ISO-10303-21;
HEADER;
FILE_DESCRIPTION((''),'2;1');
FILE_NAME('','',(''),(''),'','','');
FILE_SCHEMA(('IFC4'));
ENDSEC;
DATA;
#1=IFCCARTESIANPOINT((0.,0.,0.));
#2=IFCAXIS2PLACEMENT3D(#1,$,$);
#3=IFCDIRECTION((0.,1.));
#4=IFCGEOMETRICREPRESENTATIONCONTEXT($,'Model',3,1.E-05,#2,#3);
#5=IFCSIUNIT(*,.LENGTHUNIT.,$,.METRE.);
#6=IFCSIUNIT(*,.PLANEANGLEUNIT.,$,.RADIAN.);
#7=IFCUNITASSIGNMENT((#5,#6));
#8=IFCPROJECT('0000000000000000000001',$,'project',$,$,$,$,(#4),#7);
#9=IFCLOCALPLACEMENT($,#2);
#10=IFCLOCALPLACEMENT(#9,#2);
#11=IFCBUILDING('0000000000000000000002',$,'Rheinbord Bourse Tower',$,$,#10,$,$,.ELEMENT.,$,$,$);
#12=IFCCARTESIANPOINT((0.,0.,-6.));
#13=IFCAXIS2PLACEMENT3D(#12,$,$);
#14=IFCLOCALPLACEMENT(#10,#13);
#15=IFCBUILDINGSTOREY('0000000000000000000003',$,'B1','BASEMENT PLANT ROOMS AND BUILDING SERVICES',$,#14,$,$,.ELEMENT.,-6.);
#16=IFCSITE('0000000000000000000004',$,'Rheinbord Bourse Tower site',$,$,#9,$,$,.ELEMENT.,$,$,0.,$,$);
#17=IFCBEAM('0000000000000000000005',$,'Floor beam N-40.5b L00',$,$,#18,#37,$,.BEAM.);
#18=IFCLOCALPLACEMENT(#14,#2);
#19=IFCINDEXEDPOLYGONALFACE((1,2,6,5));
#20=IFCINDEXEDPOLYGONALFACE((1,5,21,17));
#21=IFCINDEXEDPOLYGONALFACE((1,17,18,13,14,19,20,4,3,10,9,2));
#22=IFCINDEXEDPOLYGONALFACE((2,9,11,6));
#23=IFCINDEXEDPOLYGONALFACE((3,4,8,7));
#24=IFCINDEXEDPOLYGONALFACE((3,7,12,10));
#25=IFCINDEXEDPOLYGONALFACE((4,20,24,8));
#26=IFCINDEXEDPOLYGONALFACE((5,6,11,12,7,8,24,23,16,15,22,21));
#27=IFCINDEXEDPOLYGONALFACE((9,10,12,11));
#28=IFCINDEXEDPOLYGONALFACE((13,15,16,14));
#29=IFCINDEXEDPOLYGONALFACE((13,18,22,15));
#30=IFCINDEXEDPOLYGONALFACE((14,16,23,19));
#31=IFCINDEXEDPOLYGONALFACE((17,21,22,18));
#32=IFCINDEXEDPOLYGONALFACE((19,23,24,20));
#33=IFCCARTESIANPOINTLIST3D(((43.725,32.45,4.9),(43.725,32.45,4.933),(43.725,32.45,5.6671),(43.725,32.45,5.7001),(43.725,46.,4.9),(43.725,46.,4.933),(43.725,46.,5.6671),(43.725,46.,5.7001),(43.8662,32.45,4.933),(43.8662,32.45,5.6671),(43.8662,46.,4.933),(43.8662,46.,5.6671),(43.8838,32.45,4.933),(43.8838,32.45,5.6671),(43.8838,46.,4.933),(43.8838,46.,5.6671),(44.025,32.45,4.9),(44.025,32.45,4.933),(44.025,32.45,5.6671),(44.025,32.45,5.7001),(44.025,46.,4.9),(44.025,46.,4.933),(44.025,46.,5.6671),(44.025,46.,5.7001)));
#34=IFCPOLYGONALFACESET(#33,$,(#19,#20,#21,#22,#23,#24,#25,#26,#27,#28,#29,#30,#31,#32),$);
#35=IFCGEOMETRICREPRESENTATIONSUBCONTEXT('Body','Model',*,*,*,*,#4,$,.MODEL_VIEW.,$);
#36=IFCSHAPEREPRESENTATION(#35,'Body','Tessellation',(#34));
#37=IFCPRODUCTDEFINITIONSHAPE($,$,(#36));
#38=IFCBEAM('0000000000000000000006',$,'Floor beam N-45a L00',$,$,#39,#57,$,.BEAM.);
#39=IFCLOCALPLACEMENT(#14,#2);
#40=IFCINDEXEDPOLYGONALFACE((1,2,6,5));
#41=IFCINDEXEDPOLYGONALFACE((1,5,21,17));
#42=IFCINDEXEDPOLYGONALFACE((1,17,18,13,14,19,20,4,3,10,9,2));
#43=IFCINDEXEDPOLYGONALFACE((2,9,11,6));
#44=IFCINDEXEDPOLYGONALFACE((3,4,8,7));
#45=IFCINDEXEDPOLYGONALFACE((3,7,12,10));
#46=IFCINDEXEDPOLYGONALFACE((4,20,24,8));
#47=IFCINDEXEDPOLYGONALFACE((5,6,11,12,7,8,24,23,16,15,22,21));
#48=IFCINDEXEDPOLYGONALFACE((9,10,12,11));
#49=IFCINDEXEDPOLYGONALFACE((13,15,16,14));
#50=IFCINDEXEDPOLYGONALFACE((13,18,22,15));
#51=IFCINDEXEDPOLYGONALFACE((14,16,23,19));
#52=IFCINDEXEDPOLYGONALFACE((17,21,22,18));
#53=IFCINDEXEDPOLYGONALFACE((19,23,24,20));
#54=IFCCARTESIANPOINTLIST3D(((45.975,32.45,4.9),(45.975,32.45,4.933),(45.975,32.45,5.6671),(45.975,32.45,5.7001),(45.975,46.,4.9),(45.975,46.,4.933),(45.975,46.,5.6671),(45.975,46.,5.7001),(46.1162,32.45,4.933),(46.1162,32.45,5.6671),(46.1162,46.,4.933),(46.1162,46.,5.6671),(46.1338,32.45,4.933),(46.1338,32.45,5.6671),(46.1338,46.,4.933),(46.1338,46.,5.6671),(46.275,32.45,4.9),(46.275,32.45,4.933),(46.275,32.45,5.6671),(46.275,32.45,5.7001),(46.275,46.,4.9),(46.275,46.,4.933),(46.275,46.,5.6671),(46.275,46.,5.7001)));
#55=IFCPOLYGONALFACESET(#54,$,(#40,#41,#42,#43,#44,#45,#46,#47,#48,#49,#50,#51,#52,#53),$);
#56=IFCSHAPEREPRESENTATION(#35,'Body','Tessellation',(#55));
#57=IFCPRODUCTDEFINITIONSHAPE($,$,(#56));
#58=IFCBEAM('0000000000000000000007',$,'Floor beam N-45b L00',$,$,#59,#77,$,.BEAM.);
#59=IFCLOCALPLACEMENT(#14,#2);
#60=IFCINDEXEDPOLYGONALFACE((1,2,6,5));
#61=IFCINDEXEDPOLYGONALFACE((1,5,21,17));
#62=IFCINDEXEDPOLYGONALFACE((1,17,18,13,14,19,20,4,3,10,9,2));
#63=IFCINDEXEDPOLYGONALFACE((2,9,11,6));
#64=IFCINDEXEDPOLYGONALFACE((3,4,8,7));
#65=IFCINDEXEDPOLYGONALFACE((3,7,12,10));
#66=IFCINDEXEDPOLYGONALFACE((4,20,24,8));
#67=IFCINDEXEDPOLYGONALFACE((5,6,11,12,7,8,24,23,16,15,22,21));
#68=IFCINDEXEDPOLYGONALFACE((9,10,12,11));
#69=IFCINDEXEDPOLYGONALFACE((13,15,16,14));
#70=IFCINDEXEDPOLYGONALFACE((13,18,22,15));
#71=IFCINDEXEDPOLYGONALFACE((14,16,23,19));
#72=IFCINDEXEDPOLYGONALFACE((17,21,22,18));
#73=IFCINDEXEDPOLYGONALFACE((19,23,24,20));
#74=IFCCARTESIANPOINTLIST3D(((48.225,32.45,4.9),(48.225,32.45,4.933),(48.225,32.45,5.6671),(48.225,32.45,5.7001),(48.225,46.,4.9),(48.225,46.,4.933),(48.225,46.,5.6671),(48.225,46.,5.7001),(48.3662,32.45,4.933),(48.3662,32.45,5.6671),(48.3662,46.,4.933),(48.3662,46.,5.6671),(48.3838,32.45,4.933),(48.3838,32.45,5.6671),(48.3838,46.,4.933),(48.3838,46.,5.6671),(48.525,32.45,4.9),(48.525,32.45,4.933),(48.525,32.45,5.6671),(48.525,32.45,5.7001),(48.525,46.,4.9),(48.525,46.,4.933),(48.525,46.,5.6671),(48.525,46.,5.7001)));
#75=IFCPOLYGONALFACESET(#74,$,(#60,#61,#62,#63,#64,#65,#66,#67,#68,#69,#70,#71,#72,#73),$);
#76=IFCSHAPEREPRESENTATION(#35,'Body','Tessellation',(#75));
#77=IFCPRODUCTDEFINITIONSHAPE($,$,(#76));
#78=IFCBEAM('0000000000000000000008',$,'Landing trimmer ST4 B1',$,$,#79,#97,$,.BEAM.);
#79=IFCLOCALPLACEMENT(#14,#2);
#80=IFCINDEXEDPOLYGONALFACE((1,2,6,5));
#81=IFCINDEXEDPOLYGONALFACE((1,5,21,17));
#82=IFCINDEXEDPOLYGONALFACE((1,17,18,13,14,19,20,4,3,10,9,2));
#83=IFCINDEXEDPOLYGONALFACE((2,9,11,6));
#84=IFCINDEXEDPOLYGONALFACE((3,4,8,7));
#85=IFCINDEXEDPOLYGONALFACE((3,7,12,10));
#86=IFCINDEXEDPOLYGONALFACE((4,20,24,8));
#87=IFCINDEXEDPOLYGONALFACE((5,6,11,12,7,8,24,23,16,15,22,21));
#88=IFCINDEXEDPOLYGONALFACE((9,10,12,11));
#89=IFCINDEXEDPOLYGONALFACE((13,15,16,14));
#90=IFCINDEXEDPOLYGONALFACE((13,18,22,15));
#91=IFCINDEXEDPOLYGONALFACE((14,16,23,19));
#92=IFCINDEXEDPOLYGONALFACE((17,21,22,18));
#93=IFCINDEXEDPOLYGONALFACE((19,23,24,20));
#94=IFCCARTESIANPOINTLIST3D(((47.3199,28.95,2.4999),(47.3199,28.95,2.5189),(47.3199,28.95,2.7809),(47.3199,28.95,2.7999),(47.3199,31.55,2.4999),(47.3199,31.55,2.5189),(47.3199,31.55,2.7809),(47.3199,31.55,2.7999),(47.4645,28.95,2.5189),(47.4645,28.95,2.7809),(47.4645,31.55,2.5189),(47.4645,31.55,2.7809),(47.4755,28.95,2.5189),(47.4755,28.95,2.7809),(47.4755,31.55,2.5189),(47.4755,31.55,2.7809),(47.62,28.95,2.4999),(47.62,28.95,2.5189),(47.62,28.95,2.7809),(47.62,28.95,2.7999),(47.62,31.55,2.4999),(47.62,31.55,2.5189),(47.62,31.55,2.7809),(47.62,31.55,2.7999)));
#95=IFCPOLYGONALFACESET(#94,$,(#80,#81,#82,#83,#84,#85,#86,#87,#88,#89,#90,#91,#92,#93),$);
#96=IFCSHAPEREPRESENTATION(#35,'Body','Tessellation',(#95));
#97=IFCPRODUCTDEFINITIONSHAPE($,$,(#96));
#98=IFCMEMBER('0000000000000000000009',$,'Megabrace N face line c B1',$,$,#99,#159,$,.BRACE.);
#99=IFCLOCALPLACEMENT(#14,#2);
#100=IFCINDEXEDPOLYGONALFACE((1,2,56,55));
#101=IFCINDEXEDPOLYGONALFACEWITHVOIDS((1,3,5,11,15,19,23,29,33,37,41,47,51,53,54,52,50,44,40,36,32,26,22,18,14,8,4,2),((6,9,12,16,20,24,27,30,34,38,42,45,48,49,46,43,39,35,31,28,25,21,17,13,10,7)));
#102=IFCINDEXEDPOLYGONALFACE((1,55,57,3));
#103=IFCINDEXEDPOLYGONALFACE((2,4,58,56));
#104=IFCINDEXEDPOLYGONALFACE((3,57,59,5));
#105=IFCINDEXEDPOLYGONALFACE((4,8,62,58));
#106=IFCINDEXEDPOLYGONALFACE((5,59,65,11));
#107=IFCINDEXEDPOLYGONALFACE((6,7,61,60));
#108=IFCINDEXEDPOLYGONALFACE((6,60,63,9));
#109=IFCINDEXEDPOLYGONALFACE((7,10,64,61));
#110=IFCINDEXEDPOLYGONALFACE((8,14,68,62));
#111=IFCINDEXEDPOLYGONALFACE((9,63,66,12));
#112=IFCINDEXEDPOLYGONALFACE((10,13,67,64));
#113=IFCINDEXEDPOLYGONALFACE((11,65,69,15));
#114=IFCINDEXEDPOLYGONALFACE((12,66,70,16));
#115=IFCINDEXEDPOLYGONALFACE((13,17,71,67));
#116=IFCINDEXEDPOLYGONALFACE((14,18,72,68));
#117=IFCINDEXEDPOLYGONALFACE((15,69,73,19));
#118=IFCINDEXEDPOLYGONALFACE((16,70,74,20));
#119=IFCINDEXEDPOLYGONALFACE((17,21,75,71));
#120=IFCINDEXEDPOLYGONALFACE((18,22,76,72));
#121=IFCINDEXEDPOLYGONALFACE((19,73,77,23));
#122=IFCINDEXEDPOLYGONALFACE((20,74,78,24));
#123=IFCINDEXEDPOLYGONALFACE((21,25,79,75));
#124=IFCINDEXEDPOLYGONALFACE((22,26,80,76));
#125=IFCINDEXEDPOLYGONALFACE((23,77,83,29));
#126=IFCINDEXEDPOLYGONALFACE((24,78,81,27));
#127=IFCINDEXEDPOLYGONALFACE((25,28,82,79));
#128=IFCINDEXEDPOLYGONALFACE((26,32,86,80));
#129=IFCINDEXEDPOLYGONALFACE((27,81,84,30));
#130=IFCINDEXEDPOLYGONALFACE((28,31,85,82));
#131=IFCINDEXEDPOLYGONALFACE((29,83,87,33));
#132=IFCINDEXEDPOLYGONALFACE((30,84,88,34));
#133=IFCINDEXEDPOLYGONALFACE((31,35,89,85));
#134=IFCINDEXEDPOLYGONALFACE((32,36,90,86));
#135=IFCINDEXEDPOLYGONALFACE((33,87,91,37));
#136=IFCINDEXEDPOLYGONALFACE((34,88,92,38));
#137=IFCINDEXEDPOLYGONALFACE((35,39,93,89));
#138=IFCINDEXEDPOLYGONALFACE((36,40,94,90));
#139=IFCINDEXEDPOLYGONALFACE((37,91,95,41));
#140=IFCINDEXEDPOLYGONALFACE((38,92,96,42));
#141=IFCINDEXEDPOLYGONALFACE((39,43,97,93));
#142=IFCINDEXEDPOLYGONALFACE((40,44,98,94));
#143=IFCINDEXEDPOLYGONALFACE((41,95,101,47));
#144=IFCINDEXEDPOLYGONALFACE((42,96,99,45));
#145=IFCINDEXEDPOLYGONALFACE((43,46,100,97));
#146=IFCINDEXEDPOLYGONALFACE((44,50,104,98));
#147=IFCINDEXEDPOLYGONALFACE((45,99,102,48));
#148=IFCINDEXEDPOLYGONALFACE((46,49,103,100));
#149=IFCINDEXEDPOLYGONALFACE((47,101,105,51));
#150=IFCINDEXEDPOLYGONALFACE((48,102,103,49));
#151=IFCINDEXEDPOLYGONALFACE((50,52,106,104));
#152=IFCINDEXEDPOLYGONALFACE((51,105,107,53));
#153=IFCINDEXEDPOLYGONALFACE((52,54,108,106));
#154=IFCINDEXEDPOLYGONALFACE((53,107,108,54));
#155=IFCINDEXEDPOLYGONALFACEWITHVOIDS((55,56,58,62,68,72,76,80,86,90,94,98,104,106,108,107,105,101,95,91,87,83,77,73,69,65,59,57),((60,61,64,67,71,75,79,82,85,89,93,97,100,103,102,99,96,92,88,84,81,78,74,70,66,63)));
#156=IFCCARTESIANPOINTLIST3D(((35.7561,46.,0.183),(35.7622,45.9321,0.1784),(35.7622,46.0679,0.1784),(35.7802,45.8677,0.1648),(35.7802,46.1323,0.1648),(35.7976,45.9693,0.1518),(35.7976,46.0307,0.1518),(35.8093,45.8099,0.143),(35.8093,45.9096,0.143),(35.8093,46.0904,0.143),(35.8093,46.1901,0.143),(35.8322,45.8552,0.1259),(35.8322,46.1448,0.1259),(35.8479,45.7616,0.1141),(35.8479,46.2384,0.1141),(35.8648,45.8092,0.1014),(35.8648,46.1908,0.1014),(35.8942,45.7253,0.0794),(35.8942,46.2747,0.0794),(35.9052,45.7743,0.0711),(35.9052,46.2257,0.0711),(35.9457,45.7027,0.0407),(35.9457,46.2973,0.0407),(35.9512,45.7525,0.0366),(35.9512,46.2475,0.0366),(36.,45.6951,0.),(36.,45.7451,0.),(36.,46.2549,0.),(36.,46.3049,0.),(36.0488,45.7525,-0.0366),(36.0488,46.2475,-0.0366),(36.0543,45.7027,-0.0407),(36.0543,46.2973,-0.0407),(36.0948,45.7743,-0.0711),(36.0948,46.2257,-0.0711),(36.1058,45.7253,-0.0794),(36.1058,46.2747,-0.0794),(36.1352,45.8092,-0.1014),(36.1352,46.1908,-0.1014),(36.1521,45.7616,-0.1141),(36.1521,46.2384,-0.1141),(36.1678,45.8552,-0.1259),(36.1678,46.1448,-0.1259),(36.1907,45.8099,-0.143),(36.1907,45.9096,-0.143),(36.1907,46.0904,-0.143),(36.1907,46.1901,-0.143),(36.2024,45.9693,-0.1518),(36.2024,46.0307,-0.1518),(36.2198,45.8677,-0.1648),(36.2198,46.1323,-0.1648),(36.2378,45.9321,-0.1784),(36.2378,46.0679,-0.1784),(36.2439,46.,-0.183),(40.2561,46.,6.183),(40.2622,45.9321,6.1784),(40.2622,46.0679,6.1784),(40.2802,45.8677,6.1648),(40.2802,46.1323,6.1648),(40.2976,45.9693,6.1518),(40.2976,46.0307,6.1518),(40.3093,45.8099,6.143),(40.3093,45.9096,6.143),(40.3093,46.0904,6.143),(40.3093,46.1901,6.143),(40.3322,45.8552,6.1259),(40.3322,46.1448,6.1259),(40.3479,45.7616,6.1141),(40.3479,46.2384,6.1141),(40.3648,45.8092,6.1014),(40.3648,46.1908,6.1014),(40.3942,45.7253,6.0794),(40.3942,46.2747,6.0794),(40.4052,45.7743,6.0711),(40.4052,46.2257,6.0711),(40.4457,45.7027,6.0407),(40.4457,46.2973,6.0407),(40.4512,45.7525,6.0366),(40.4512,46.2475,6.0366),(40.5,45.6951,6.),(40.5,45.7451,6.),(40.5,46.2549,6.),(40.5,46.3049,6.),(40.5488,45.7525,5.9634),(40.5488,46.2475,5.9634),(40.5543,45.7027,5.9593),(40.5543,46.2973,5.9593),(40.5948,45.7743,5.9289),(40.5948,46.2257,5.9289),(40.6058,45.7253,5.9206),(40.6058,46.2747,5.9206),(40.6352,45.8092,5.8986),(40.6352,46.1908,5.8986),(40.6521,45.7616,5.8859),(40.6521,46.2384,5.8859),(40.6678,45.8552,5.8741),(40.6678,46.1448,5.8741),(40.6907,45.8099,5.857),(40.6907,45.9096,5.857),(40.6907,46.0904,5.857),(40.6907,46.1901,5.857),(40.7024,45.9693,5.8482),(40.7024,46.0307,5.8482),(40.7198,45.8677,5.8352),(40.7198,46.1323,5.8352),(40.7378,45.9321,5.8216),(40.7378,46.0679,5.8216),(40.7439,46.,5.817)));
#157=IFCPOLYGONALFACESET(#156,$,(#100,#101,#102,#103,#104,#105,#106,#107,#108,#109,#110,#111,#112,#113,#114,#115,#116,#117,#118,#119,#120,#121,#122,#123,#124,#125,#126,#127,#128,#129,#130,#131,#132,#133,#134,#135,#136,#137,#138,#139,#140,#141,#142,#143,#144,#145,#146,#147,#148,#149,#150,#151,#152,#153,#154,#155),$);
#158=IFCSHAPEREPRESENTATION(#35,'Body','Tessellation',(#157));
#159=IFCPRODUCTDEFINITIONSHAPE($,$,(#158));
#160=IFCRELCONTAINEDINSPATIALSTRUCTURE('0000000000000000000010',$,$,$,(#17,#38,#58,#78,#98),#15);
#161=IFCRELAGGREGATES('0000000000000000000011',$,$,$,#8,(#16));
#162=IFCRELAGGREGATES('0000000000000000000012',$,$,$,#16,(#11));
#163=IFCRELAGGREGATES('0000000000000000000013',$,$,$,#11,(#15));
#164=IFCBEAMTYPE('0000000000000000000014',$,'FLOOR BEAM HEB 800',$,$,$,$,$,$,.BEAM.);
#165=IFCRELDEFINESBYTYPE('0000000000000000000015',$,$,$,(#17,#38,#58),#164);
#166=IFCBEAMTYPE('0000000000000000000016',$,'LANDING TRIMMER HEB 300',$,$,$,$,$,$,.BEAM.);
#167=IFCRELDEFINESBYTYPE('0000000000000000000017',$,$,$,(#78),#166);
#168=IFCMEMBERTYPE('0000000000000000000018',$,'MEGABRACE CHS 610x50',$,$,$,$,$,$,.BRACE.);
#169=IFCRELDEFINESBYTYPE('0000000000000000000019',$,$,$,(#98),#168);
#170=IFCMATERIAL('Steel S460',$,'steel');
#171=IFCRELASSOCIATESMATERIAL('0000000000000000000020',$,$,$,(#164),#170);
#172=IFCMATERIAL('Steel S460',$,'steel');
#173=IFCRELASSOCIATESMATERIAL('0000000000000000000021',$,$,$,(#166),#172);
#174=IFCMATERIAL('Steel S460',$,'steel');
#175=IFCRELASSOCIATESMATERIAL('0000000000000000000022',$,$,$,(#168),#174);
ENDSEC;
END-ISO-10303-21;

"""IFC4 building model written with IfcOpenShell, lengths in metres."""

from ifc_helpers import new_model, si_unit, direction, frame, origin, origin_2d, place, context, subcontext, project, spatial, hollow_circle, i_section, extrude, material, material_profile, profile_set, type_object, element, save


model = new_model("IFC4")

# Units and contexts
model_context = context("Model", 3, precision=1e-05, world=origin(), true_north=direction((0.0, 1.0)))
body_context = subcontext(model_context, "Body", "Model", "MODEL_VIEW")
ifc_project = project(units=[si_unit("LENGTHUNIT", "METRE"), si_unit("PLANEANGLEUNIT", "RADIAN")], contexts=[model_context])

# Site, building, storey
site_placement = place(None, origin())
site = spatial("IfcSite", under=ifc_project, at=site_placement, Name="Rheinbord Bourse Tower site", CompositionType="ELEMENT", RefElevation=0.0)
building_placement = place(site_placement, origin())
building = spatial("IfcBuilding", under=site, at=building_placement, Name="Rheinbord Bourse Tower", CompositionType="ELEMENT")
storey_placement = place(building_placement, frame((0.0, 0.0, -6.0)))
storey = spatial("IfcBuildingStorey", under=building, at=storey_placement, Name="B1", Description="BASEMENT PLANT ROOMS AND BUILDING SERVICES", CompositionType="ELEMENT", Elevation=-6.0)

# Beams
ifc_material_1 = material(Name="Steel S460", Category="steel")
ifc_material_profile_1 = material_profile(ifc_material_1, i_section(OverallWidth=0.3, OverallDepth=0.8, WebThickness=0.0176, FlangeThickness=0.033, at=origin_2d()), Name="HEB 800")
ifc_profile_set_1 = profile_set([ifc_material_profile_1], Name="Steel S460")
beam_type_1 = type_object("IfcBeamType", Name="FLOOR BEAM HEB 800", PredefinedType="BEAM", material=ifc_profile_set_1)
for number, where, z_axis, x_axis, name in (
    (1, (43.875, 46.0, 5.3), (0.0, -1.0, 0.0), (1.0, 0.0, 0.0), "Floor beam N-40.5b L00"),
    (2, (46.125, 46.0, 5.3), (0.0, -1.0, 0.0), (1.0, 0.0, 0.0), "Floor beam N-45a L00"),
    (3, (48.375, 46.0, 5.3), (0.0, -1.0, 0.0), (1.0, 0.0, 0.0), "Floor beam N-45b L00"),
):
    element("IfcBeam", number, at=place(storey_placement, frame(where, z_axis=z_axis, x_axis=x_axis)), inside=storey, type_object=beam_type_1, Name=name, PredefinedType="BEAM", context=body_context, shape_type="SweptSolid", body=[
        extrude(i_section(OverallWidth=0.3, OverallDepth=0.8, WebThickness=0.0176, FlangeThickness=0.033, at=origin_2d()), origin(), (0.0, 0.0, 1.0), 13.55),
    ])
ifc_material_2 = material(Name="Steel S460", Category="steel")
ifc_material_profile_2 = material_profile(ifc_material_2, i_section(OverallWidth=0.3, OverallDepth=0.3, WebThickness=0.011, FlangeThickness=0.019, at=origin_2d()), Name="HEB 300")
ifc_profile_set_2 = profile_set([ifc_material_profile_2], Name="Steel S460")
beam_type_2 = type_object("IfcBeamType", Name="LANDING TRIMMER HEB 300", PredefinedType="BEAM", material=ifc_profile_set_2)
beam_placement = place(storey_placement, frame((47.47, 28.95, 2.6499), z_axis=(0.0, 1.0, 0.0), x_axis=(-1.0, 0.0, 0.0)))
element("IfcBeam", 4, at=beam_placement, inside=storey, type_object=beam_type_2, Name="Landing trimmer ST4 B1", PredefinedType="BEAM", context=body_context, shape_type="SweptSolid", body=[
    extrude(i_section(OverallWidth=0.3, OverallDepth=0.3, WebThickness=0.011, FlangeThickness=0.019, at=origin_2d()), origin(), (0.0, 0.0, 1.0), 2.6001),
])

# Member
ifc_material_3 = material(Name="Steel S460", Category="steel")
ifc_material_profile_3 = material_profile(ifc_material_3, hollow_circle(Radius=0.3049, WallThickness=0.05, at=origin_2d()), Name="CHS 610x50")
ifc_profile_set_3 = profile_set([ifc_material_profile_3], Name="Steel S460")
member_type = type_object("IfcMemberType", Name="MEGABRACE CHS 610x50", PredefinedType="BRACE", material=ifc_profile_set_3)
for number, where, z_axis, x_axis, name in (
    (5, (36.0, 46.0, 0.0), (0.6, 0.0, 0.8), (0.0, 1.0, 0.0), "Megabrace N face line c B1"),
):
    element("IfcMember", number, at=place(storey_placement, frame(where, z_axis=z_axis, x_axis=x_axis)), inside=storey, type_object=member_type, Name=name, PredefinedType="BRACE", context=body_context, shape_type="SweptSolid", body=[
        extrude(hollow_circle(Radius=0.3049, WallThickness=0.05, at=origin_2d()), origin(), (0.0, 0.0, 1.0), 7.5),
    ])

save(model, "model.ifc")
